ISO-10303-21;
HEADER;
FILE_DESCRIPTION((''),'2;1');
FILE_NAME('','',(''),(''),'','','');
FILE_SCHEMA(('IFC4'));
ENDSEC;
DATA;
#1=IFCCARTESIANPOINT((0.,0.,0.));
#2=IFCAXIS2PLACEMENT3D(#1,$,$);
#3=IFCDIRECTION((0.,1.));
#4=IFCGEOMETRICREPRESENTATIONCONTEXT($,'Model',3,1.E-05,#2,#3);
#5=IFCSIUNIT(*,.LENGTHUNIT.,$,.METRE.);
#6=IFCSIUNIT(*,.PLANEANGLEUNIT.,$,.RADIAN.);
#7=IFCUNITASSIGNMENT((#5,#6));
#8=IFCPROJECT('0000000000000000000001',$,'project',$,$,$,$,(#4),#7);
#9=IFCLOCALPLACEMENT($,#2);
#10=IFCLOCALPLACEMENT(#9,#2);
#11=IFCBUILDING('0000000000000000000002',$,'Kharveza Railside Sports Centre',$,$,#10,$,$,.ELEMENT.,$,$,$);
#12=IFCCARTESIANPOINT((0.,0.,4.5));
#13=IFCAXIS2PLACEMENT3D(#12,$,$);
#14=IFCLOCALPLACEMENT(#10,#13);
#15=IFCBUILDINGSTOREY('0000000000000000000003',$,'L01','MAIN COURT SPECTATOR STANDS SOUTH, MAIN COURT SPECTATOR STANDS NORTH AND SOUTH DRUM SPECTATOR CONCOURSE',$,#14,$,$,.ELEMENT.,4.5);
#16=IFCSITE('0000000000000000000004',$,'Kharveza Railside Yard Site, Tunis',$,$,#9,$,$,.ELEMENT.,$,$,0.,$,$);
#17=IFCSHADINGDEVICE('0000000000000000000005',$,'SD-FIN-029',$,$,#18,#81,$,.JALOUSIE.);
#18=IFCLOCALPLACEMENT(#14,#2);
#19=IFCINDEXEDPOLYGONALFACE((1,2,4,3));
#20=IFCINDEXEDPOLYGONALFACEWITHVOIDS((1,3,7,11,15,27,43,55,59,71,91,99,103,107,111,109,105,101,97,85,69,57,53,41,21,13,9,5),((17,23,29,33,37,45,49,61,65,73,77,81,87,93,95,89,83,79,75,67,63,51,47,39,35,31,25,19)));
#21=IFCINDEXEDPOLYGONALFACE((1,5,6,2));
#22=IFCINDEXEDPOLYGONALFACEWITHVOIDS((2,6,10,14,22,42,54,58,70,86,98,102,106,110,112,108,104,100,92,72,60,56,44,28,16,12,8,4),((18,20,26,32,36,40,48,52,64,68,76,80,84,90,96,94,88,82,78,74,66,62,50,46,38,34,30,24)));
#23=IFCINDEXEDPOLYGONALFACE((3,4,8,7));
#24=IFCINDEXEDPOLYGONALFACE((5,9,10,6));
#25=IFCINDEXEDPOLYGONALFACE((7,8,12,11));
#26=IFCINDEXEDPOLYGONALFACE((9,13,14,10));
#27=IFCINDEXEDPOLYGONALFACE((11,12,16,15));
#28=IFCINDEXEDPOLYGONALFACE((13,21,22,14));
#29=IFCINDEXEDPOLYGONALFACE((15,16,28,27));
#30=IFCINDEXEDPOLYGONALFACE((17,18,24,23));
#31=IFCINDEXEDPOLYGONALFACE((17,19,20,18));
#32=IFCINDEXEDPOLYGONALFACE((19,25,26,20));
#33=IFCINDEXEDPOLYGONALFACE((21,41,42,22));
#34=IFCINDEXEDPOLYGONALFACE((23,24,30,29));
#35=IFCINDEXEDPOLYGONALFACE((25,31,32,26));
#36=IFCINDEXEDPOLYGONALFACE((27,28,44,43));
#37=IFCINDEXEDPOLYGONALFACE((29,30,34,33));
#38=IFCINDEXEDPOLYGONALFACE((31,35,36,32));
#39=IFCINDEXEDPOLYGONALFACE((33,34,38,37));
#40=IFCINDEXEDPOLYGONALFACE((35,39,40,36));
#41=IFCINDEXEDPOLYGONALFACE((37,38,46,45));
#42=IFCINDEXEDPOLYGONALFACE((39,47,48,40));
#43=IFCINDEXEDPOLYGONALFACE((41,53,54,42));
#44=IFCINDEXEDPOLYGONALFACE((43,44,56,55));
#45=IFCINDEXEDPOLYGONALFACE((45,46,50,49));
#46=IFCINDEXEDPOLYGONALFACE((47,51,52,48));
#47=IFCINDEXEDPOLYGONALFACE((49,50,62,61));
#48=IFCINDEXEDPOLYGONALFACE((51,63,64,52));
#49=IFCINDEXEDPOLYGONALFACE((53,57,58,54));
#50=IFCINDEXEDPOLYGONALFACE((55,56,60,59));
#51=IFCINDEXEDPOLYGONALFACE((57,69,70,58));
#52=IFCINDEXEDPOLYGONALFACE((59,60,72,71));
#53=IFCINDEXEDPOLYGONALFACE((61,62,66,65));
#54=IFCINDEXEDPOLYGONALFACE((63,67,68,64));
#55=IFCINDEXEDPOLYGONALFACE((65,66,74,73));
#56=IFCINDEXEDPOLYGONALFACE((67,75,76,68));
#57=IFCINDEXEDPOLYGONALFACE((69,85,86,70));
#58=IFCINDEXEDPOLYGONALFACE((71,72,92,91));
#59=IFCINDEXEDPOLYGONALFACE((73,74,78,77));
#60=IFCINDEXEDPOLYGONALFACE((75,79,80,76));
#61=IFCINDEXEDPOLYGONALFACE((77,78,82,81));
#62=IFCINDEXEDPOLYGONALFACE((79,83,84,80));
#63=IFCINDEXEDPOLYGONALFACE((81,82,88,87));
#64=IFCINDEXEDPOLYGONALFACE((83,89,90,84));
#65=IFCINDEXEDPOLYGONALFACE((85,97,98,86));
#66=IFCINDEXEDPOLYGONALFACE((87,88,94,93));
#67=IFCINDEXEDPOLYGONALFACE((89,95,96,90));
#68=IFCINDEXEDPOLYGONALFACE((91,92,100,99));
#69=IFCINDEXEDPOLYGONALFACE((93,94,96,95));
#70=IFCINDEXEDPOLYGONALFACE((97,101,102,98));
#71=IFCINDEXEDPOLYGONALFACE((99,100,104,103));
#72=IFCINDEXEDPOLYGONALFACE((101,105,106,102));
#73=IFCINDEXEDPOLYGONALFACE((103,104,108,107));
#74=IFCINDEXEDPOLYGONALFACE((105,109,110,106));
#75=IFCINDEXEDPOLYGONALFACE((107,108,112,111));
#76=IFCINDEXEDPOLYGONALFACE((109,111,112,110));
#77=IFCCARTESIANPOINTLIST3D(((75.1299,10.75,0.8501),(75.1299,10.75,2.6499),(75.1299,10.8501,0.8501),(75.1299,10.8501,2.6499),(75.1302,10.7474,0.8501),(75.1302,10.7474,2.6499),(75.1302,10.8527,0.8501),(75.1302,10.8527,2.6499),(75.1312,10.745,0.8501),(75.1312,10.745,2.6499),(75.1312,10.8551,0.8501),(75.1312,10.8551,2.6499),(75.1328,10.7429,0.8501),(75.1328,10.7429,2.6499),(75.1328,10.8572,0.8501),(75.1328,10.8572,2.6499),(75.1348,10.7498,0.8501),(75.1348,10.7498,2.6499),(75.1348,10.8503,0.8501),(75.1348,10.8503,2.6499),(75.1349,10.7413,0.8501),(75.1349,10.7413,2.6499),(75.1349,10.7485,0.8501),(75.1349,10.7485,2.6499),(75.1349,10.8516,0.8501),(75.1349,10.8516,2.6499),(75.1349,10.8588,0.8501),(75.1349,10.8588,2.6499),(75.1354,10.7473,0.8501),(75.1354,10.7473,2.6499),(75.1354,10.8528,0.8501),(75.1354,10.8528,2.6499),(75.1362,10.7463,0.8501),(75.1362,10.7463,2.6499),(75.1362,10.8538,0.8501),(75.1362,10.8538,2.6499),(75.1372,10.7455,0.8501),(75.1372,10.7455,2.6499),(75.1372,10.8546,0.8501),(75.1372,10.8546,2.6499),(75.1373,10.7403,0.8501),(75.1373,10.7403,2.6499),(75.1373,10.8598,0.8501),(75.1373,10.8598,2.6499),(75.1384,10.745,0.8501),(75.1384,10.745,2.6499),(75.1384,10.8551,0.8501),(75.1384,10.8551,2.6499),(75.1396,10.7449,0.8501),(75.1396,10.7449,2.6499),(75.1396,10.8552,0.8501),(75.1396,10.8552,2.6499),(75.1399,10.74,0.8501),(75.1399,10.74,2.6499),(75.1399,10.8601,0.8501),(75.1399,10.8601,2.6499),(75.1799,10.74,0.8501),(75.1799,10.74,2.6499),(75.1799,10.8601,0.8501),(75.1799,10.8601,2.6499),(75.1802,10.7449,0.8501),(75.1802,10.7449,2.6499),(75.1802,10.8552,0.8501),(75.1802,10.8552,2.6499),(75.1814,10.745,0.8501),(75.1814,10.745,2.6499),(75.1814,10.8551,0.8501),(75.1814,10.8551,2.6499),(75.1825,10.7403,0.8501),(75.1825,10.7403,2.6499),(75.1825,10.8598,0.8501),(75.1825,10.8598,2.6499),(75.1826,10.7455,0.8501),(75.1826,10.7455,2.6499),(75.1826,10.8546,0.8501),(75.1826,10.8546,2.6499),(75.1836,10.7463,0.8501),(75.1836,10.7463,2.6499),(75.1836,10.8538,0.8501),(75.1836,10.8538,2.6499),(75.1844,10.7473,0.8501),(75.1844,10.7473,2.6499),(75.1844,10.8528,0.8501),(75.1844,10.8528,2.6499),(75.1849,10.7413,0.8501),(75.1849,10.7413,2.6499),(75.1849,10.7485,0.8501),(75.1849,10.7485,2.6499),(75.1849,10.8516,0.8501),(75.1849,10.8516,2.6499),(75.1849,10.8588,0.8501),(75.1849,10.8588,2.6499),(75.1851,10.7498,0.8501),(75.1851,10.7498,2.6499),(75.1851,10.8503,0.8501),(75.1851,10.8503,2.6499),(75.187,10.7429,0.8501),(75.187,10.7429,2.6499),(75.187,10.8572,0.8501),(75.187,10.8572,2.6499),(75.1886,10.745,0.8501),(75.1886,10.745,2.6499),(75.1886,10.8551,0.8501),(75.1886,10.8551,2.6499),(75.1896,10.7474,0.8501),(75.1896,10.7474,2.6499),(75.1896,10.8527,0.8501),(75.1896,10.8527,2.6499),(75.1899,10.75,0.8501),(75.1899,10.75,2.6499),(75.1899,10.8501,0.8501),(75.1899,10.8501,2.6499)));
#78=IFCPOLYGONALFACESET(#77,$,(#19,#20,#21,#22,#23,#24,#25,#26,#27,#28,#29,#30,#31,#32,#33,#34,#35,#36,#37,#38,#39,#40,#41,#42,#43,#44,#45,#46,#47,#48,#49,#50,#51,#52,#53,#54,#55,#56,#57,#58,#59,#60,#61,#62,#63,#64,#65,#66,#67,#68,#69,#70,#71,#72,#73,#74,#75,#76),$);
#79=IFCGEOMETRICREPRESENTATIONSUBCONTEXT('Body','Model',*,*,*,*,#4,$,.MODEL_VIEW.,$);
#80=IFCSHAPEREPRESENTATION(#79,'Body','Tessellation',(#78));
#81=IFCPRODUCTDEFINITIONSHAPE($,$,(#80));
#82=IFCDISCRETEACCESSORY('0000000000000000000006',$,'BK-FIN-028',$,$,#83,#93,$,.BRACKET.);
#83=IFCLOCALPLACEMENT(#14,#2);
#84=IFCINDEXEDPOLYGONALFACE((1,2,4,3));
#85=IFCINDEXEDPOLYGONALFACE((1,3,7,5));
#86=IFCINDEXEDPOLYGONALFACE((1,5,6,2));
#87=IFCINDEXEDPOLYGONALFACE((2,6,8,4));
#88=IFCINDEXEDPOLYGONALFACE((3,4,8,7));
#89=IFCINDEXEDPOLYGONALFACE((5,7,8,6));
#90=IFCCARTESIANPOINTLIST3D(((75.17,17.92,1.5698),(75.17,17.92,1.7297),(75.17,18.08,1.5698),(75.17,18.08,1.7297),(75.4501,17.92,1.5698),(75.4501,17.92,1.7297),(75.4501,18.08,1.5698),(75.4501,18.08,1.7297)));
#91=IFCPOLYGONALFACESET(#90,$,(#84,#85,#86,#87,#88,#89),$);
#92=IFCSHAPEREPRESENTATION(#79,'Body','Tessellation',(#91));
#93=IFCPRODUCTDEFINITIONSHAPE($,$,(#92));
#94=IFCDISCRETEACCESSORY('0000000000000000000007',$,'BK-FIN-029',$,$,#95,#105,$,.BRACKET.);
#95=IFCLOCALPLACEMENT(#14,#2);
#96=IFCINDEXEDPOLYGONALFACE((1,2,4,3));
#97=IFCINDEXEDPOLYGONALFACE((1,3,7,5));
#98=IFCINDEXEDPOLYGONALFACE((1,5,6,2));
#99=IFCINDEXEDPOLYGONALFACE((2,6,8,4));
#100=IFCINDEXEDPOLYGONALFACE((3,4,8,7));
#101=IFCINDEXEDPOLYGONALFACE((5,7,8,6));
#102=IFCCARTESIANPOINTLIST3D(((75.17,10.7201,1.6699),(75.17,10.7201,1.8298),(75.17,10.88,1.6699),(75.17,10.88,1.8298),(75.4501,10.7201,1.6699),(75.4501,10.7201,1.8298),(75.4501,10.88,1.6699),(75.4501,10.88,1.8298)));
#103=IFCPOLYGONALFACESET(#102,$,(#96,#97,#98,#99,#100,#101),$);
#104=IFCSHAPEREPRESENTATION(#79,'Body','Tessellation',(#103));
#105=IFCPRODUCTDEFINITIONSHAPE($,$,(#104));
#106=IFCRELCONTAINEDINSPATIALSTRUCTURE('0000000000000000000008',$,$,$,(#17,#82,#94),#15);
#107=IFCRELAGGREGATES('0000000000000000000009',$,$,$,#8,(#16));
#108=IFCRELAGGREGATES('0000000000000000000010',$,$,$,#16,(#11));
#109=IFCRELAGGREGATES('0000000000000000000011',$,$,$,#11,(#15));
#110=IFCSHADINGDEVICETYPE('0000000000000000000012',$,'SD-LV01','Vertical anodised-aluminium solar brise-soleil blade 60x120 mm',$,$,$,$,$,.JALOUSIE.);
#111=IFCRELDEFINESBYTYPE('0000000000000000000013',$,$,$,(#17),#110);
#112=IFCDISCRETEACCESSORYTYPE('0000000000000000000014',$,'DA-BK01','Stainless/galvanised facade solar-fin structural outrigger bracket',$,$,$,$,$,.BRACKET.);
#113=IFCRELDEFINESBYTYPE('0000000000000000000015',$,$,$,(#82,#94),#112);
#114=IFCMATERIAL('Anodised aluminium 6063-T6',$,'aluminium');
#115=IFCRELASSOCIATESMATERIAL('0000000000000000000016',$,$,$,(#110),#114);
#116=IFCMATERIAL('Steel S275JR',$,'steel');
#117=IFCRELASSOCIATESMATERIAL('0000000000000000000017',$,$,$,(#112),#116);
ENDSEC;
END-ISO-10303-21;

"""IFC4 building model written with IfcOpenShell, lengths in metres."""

from ifc_helpers import new_model, si_unit, direction, frame, origin, origin_2d, place, context, subcontext, project, spatial, rectangle, hollow_rectangle, extrude, material, material_profile, profile_set, type_object, element, save


model = new_model("IFC4")

# Units and contexts
model_context = context("Model", 3, precision=1e-05, world=origin(), true_north=direction((0.0, 1.0)))
body_context = subcontext(model_context, "Body", "Model", "MODEL_VIEW")
ifc_project = project(units=[si_unit("LENGTHUNIT", "METRE"), si_unit("PLANEANGLEUNIT", "RADIAN")], contexts=[model_context])

# Site, building, storey
site_placement = place(None, origin())
site = spatial("IfcSite", under=ifc_project, at=site_placement, Name="Kharveza Railside Yard Site, Tunis", CompositionType="ELEMENT", RefElevation=0.0)
building_placement = place(site_placement, origin())
building = spatial("IfcBuilding", under=site, at=building_placement, Name="Kharveza Railside Sports Centre", CompositionType="ELEMENT")
storey_placement = place(building_placement, frame((0.0, 0.0, 4.5)))
storey = spatial("IfcBuildingStorey", under=building, at=storey_placement, Name="L01", Description="MAIN COURT SPECTATOR STANDS SOUTH, MAIN COURT SPECTATOR STANDS NORTH AND SOUTH DRUM SPECTATOR CONCOURSE", CompositionType="ELEMENT", Elevation=4.5)

# Shared definitions
ifc_material_1 = material(Name="Anodised aluminium 6063-T6", Category="aluminium")

# Shading device
ifc_material_profile_1 = material_profile(ifc_material_1, hollow_rectangle(XDim=0.0601, YDim=0.1201, WallThickness=0.0049, InnerFilletRadius=0.0049, OuterFilletRadius=0.01, at=origin_2d()), Name="RHS 60x120x5.0")
ifc_profile_set_1 = profile_set([ifc_material_profile_1], Name="Anodised aluminium 6063-T6")
shading_device_type = type_object("IfcShadingDeviceType", Name="SD-LV01", Description="Vertical anodised-aluminium solar brise-soleil blade 60x120 mm", PredefinedType="JALOUSIE", material=ifc_profile_set_1)
shading_device_1_placement = place(storey_placement, frame((75.1599, 10.8, 0.8501), z_axis=(0.0, 0.0, 1.0), x_axis=(-1.0, 0.0, 0.0)))
element("IfcShadingDevice", 1, at=shading_device_1_placement, inside=storey, type_object=shading_device_type, Name="SD-FIN-029", PredefinedType="JALOUSIE", context=body_context, shape_type="SweptSolid", body=[
    extrude(hollow_rectangle(XDim=0.0601, YDim=0.1201, WallThickness=0.0049, InnerFilletRadius=0.0049, OuterFilletRadius=0.01, at=origin_2d()), origin(), (0.0, 0.0, 1.0), 1.7998),
])

# Discrete accessories
ifc_material_2 = material(Name="Steel S275JR", Category="steel")
discrete_accessory_type = type_object("IfcDiscreteAccessoryType", Name="DA-BK01", Description="Stainless/galvanised facade solar-fin structural outrigger bracket", PredefinedType="BRACKET", material=ifc_material_2)
for number, where, z_axis, x_axis, name in (
    (2, (75.3101, 18.0, 1.5698), (0.0, 0.0, 1.0), (-1.0, 0.0, 0.0), "BK-FIN-028"),
    (3, (75.3101, 10.8, 1.6699), (0.0, 0.0, 1.0), (-1.0, 0.0, 0.0), "BK-FIN-029"),
):
    element("IfcDiscreteAccessory", number, at=place(storey_placement, frame(where, z_axis=z_axis, x_axis=x_axis)), inside=storey, type_object=discrete_accessory_type, Name=name, PredefinedType="BRACKET", context=body_context, shape_type="SweptSolid", body=[
        extrude(rectangle(XDim=0.28, YDim=0.1599, at=origin_2d()), origin(), (0.0, 0.0, 1.0), 0.1599),
    ])

save(model, "model.ifc")
